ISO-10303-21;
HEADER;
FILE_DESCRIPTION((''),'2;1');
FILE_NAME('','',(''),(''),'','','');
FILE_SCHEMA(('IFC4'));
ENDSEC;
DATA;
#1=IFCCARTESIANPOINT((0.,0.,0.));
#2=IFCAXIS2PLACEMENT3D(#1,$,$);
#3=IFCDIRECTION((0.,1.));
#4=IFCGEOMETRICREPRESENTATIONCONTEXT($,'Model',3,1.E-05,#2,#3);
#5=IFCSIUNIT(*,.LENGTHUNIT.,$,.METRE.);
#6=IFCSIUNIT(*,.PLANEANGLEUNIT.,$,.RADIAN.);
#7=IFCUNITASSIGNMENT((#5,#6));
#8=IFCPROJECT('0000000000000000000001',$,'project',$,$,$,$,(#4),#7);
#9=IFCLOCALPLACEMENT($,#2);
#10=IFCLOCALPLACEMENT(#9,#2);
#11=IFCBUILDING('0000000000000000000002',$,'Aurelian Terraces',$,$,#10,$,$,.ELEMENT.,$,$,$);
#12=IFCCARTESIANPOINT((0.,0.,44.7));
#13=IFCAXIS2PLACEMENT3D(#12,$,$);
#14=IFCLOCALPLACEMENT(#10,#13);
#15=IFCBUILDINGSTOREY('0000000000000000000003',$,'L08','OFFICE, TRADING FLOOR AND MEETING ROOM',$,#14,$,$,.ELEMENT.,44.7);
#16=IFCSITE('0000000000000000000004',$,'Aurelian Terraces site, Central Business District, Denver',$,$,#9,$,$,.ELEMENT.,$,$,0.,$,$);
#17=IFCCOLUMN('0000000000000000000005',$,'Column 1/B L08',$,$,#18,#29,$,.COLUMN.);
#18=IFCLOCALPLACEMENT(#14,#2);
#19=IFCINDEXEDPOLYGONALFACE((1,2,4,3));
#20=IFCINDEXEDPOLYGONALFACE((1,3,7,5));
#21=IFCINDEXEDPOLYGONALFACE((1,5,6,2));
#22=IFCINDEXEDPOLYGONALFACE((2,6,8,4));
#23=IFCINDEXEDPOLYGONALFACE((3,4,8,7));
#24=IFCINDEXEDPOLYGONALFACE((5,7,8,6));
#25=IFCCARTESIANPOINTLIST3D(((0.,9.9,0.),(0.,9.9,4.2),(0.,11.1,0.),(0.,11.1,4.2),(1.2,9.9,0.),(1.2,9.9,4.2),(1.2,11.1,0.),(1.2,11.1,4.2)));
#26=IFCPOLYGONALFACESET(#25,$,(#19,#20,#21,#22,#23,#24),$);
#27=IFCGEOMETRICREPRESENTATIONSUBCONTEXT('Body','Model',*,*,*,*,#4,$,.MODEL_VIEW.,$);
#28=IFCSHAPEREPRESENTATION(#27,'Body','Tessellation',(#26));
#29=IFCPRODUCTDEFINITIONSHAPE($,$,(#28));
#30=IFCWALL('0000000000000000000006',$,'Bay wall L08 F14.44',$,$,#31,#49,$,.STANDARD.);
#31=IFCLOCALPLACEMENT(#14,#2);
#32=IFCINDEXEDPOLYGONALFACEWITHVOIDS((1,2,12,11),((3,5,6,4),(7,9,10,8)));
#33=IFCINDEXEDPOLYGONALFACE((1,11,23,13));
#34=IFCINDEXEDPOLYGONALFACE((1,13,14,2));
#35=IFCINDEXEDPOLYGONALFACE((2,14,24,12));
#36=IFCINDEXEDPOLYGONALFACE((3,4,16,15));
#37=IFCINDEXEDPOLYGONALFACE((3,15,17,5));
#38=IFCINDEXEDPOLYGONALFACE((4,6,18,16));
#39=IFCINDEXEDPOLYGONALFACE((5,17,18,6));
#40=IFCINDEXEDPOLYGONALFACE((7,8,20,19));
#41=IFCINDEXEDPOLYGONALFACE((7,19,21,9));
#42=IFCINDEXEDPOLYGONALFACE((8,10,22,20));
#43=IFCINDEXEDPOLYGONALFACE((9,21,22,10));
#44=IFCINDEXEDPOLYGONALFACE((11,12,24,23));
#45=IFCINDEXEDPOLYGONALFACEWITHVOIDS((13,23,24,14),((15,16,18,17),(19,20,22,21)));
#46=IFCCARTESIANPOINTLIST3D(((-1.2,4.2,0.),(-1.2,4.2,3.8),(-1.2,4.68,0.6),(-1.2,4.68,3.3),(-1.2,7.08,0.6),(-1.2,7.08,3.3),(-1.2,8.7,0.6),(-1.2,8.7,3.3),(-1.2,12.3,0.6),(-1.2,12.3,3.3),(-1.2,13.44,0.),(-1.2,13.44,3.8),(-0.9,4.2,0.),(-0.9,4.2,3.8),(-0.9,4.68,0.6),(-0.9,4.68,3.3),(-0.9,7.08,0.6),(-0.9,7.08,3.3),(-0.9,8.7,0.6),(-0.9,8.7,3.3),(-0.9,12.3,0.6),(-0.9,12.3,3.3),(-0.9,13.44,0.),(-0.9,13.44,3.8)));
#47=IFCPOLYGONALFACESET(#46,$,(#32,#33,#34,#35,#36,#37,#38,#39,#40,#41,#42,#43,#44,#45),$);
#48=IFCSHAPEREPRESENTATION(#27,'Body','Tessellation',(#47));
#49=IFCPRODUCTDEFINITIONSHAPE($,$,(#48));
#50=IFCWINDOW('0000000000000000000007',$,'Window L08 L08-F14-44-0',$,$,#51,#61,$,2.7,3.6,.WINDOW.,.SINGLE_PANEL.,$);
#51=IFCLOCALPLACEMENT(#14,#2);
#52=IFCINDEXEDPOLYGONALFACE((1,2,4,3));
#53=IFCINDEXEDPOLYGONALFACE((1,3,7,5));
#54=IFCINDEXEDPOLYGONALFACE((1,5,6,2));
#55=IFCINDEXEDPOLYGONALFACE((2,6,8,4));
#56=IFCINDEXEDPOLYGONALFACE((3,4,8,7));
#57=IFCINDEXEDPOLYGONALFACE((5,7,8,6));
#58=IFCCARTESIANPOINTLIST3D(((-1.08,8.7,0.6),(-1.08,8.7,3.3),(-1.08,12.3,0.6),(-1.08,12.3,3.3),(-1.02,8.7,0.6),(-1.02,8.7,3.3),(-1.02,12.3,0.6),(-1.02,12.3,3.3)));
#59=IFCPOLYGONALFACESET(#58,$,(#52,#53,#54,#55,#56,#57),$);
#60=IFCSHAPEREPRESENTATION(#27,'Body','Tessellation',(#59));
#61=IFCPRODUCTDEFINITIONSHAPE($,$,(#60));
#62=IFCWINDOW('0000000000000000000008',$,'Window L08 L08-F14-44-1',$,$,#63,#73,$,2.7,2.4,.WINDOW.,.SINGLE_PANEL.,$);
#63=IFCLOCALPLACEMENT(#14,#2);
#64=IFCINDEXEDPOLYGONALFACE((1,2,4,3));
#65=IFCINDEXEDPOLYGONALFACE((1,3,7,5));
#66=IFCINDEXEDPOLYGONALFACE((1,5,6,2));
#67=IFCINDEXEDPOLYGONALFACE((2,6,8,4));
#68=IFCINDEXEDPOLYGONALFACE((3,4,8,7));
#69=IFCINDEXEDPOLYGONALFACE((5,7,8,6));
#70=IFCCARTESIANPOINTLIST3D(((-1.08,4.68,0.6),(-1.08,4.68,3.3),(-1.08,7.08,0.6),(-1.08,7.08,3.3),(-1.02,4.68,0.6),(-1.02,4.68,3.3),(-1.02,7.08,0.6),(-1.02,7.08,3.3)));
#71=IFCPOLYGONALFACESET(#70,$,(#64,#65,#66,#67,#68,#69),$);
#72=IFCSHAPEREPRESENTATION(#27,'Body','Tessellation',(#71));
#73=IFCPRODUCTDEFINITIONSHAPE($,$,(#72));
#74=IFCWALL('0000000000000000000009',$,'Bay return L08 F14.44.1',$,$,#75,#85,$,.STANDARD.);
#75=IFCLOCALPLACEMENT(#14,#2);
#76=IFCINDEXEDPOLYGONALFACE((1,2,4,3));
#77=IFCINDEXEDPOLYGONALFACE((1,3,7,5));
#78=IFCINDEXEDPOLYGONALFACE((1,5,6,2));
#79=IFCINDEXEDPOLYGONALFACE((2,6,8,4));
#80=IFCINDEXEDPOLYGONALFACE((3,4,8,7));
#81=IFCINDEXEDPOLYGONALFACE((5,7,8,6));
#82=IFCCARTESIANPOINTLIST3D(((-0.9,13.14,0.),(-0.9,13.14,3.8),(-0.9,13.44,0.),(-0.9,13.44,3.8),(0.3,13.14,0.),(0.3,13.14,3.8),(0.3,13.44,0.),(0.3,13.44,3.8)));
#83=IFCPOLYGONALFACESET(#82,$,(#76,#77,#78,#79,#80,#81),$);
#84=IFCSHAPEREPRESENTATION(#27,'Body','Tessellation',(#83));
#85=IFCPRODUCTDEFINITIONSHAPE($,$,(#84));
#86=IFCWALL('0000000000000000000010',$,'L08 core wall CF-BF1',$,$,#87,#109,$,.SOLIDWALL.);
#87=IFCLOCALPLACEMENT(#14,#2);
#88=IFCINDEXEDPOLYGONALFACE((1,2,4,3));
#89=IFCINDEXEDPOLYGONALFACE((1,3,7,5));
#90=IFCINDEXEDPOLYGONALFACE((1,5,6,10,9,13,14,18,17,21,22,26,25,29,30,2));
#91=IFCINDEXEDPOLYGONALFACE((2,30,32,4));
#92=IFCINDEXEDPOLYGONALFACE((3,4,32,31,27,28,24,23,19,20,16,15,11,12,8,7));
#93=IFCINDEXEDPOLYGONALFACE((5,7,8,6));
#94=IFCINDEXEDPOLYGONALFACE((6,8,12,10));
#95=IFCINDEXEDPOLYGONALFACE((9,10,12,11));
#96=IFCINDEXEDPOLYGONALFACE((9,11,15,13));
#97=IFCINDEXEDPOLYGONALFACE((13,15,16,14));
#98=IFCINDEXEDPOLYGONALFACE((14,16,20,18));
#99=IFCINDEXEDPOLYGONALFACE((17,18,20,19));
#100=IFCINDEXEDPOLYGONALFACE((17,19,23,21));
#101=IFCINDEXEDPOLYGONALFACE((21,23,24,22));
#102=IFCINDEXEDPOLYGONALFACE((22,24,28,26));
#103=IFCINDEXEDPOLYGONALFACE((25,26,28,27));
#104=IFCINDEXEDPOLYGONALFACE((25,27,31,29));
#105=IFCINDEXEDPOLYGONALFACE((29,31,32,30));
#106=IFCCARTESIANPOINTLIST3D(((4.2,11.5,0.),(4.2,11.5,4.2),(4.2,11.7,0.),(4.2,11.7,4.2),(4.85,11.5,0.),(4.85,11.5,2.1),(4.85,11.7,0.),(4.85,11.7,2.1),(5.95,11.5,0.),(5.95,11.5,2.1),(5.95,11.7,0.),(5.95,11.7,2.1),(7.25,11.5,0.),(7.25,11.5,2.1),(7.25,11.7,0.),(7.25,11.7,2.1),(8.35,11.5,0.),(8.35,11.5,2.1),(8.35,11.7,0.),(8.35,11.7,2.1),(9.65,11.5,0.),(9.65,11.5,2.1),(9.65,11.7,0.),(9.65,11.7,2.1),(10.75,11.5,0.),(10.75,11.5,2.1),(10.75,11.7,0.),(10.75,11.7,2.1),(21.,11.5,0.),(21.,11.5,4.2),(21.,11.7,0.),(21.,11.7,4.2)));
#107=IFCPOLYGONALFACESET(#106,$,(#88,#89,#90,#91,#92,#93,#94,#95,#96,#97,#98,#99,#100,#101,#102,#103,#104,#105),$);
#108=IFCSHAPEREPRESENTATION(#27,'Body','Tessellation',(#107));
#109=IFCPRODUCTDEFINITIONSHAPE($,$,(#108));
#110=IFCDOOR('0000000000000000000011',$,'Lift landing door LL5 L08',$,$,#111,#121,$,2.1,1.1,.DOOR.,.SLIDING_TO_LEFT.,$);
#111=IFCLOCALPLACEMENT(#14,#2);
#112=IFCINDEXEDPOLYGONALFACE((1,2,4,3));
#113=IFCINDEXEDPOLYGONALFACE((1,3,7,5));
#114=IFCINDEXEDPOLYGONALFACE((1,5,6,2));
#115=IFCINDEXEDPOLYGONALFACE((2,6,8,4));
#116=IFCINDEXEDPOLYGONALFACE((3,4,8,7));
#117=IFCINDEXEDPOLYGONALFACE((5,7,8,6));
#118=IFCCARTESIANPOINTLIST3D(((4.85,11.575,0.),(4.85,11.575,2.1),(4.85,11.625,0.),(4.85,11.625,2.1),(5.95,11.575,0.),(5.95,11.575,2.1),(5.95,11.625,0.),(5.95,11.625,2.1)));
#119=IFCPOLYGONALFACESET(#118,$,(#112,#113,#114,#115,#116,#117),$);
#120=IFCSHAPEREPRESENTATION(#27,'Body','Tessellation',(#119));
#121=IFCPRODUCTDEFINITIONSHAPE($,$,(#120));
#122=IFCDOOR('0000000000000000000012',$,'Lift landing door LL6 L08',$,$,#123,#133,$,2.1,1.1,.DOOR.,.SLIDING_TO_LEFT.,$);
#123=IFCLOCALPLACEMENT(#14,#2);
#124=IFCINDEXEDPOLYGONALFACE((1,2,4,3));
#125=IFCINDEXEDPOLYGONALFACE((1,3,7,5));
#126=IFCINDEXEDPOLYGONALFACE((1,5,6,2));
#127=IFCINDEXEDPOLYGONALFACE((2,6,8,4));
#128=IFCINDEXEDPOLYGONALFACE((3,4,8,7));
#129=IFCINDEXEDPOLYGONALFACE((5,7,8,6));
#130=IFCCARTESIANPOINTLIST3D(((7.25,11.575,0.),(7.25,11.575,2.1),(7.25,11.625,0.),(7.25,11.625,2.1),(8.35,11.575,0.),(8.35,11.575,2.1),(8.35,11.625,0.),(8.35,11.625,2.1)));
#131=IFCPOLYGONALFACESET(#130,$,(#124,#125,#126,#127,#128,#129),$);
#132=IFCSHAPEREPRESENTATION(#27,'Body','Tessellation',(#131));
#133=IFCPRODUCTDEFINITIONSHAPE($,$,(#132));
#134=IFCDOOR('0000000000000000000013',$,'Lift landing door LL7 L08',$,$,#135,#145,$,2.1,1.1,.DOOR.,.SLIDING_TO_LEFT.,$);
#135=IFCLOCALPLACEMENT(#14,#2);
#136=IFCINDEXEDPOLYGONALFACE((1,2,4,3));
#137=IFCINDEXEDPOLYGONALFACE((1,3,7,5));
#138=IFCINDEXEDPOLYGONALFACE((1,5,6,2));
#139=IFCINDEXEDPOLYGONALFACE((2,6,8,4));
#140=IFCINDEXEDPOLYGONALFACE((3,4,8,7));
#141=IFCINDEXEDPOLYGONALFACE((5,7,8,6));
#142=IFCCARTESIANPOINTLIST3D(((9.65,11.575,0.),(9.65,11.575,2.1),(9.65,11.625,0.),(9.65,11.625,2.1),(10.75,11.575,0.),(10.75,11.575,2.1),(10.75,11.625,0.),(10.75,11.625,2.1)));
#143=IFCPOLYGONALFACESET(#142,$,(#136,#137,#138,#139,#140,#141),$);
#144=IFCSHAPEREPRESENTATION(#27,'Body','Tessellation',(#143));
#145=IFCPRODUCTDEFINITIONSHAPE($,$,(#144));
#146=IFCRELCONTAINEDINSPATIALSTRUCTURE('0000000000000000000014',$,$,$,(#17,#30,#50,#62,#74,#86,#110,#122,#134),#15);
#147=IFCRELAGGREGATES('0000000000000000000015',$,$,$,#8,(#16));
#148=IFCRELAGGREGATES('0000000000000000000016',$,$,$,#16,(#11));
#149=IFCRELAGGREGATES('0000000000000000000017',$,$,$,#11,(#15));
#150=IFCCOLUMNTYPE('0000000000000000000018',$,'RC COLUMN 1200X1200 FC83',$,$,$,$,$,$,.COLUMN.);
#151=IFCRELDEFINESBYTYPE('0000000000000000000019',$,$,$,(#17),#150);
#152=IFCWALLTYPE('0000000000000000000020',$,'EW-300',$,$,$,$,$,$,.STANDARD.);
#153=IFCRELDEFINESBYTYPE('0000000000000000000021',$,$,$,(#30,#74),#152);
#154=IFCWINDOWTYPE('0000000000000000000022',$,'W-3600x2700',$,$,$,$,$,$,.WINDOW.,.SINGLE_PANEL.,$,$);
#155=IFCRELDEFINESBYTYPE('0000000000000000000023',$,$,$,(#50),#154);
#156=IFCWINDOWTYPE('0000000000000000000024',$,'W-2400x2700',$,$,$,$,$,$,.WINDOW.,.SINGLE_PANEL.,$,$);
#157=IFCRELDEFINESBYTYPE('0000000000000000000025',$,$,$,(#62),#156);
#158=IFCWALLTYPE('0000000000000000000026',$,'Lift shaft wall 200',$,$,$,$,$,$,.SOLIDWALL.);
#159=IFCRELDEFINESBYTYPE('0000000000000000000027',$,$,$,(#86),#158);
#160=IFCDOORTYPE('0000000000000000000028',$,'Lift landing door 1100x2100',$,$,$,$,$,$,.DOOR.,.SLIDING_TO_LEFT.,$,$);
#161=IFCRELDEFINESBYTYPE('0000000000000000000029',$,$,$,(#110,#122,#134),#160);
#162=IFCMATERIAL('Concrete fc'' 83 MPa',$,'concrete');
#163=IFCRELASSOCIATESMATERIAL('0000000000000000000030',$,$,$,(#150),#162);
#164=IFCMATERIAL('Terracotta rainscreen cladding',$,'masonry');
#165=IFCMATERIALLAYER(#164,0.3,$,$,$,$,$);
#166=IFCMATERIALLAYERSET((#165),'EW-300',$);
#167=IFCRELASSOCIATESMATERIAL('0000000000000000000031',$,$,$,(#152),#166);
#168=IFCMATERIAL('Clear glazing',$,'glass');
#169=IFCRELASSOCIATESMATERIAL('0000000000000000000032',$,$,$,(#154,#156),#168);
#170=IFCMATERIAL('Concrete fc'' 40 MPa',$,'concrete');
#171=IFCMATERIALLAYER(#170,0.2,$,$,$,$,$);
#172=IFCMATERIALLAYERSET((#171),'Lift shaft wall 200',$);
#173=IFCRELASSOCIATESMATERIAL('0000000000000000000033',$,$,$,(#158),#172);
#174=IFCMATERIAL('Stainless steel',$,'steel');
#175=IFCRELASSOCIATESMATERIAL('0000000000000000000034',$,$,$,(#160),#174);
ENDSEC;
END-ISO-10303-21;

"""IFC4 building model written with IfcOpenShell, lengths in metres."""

from ifc_helpers import new_model, si_unit, direction, frame, frame_2d, origin, origin_2d, place, context, subcontext, project, spatial, rectangle, extrude, source, transform, mapped, material, layer, layer_set, material_profile, profile_set, type_object, element, fill, save


model = new_model("IFC4")

# Units and contexts
model_context = context("Model", 3, precision=1e-05, world=origin(), true_north=direction((0.0, 1.0)))
body_context = subcontext(model_context, "Body", "Model", "MODEL_VIEW")
ifc_project = project(units=[si_unit("LENGTHUNIT", "METRE"), si_unit("PLANEANGLEUNIT", "RADIAN")], contexts=[model_context])

# Site, building, storey
site_placement = place(None, origin())
site = spatial("IfcSite", under=ifc_project, at=site_placement, Name="Aurelian Terraces site, Central Business District, Denver", CompositionType="ELEMENT", RefElevation=0.0)
building_placement = place(site_placement, origin())
building = spatial("IfcBuilding", under=site, at=building_placement, Name="Aurelian Terraces", CompositionType="ELEMENT")
storey_placement = place(building_placement, frame((0.0, 0.0, 44.7)))
storey = spatial("IfcBuildingStorey", under=building, at=storey_placement, Name="L08", Description="OFFICE, TRADING FLOOR AND MEETING ROOM", CompositionType="ELEMENT", Elevation=44.7)

# Column
ifc_material_1 = material(Name="Concrete fc' 83 MPa", Category="concrete")
ifc_material_profile = material_profile(ifc_material_1, rectangle(XDim=1.2, YDim=1.2, at=origin_2d()))
ifc_profile_set = profile_set([ifc_material_profile], Name="Concrete fc' 83 MPa")
column_type = type_object("IfcColumnType", Name="RC COLUMN 1200X1200 FC83", PredefinedType="COLUMN", material=ifc_profile_set)
shared_shape_1 = source(origin(), body_context, "Body", "SweptSolid", [
    extrude(rectangle(XDim=1.2, YDim=1.2, at=origin_2d()), origin(), (0.0, 0.0, 1.0), 4.2),
])
column_placement = place(storey_placement, frame((0.6, 10.5, 0.0), z_axis=(0.0, 0.0, 1.0), x_axis=(1.0, 0.0, 0.0)))
element("IfcColumn", 1, at=column_placement, inside=storey, type_object=column_type, Name="Column 1/B L08", PredefinedType="COLUMN", context=body_context, shape_type="MappedRepresentation", body=[
    mapped(shared_shape_1, transform((0.0, 0.0, 0.0), scale=1.0)),
])

# Wall, openings, windows
ifc_material_2 = material(Name="Terracotta rainscreen cladding", Category="masonry")
ifc_layer_1 = layer(ifc_material_2, 0.3)
ifc_layer_set_1 = layer_set([ifc_layer_1], Name="EW-300")
wall_type_1 = type_object("IfcWallType", Name="EW-300", PredefinedType="STANDARD", material=ifc_layer_set_1)
wall_1_placement = place(storey_placement, frame((-1.05, 13.44, 0.0), z_axis=(0.0, 0.0, 1.0), x_axis=(0.0, -1.0, 0.0)))
wall_1 = element("IfcWall", 2, at=wall_1_placement, inside=storey, type_object=wall_type_1, Name="Bay wall L08 F14.44", PredefinedType="STANDARD", context=body_context, shape_type="SweptSolid", body=[
    extrude(rectangle(XDim=9.24, YDim=0.3, at=frame_2d((4.62, 0.0))), origin(), (0.0, 0.0, 1.0), 3.8),
])
shared_shape_2 = source(origin(), body_context, "Body", "SweptSolid", [
    extrude(rectangle(XDim=3.6, YDim=2.7, at=frame_2d((1.8, 1.35))), frame((0.0, 0.16, 0.0), z_axis=(0.0, -1.0, 0.0), x_axis=(1.0, 0.0, 0.0)), (0.0, 0.0, 1.0), 0.32),
])
opening_1_placement = place(wall_1_placement, frame((1.14, 0.0, 0.6)))
opening_1 = element("IfcOpeningElement", 3, at=opening_1_placement, cuts=wall_1, PredefinedType="OPENING", context=body_context, shape_type="MappedRepresentation", body=[
    mapped(shared_shape_2, transform((0.0, 0.0, 0.0), scale=1.0)),
])
shared_shape_3 = source(origin(), body_context, "Body", "SweptSolid", [
    extrude(rectangle(XDim=2.4, YDim=2.7, at=frame_2d((1.2, 1.35))), frame((0.0, 0.16, 0.0), z_axis=(0.0, -1.0, 0.0), x_axis=(1.0, 0.0, 0.0)), (0.0, 0.0, 1.0), 0.32),
])
opening_2_placement = place(wall_1_placement, frame((6.36, 0.0, 0.6)))
opening_2 = element("IfcOpeningElement", 4, at=opening_2_placement, cuts=wall_1, PredefinedType="OPENING", context=body_context, shape_type="MappedRepresentation", body=[
    mapped(shared_shape_3, transform((0.0, 0.0, 0.0), scale=1.0)),
])
ifc_material_3 = material(Name="Clear glazing", Category="glass")
window_type_1 = type_object("IfcWindowType", Name="W-3600x2700", PartitioningType="SINGLE_PANEL", PredefinedType="WINDOW", material=ifc_material_3)
shared_shape_4 = source(origin(), body_context, "Body", "SweptSolid", [
    extrude(rectangle(XDim=3.6, YDim=2.7, at=frame_2d((1.8, 1.35))), frame((0.0, 0.03, 0.0), z_axis=(0.0, -1.0, 0.0), x_axis=(1.0, 0.0, 0.0)), (0.0, 0.0, 1.0), 0.06),
])
window_1_placement = place(opening_1_placement, origin())
window_1 = element("IfcWindow", 5, at=window_1_placement, inside=storey, type_object=window_type_1, Name="Window L08 L08-F14-44-0", OverallHeight=2.7, OverallWidth=3.6, PartitioningType="SINGLE_PANEL", PredefinedType="WINDOW", context=body_context, shape_type="MappedRepresentation", body=[
    mapped(shared_shape_4, transform((0.0, 0.0, 0.0), scale=1.0)),
])
fill(opening_1, window_1)
window_type_2 = type_object("IfcWindowType", Name="W-2400x2700", PartitioningType="SINGLE_PANEL", PredefinedType="WINDOW", material=ifc_material_3)
shared_shape_5 = source(origin(), body_context, "Body", "SweptSolid", [
    extrude(rectangle(XDim=2.4, YDim=2.7, at=frame_2d((1.2, 1.35))), frame((0.0, 0.03, 0.0), z_axis=(0.0, -1.0, 0.0), x_axis=(1.0, 0.0, 0.0)), (0.0, 0.0, 1.0), 0.06),
])
window_2_placement = place(opening_2_placement, origin())
window_2 = element("IfcWindow", 6, at=window_2_placement, inside=storey, type_object=window_type_2, Name="Window L08 L08-F14-44-1", OverallHeight=2.7, OverallWidth=2.4, PartitioningType="SINGLE_PANEL", PredefinedType="WINDOW", context=body_context, shape_type="MappedRepresentation", body=[
    mapped(shared_shape_5, transform((0.0, 0.0, 0.0), scale=1.0)),
])
fill(opening_2, window_2)

# Wall
shared_shape_6 = source(origin(), body_context, "Body", "SweptSolid", [
    extrude(rectangle(XDim=1.2, YDim=0.3, at=frame_2d((0.6, 0.0))), origin(), (0.0, 0.0, 1.0), 3.8),
])
wall_2_placement = place(storey_placement, frame((0.3, 13.29, 0.0), z_axis=(0.0, 0.0, 1.0), x_axis=(-1.0, 0.0, 0.0)))
element("IfcWall", 7, at=wall_2_placement, inside=storey, type_object=wall_type_1, Name="Bay return L08 F14.44.1", PredefinedType="STANDARD", context=body_context, shape_type="MappedRepresentation", body=[
    mapped(shared_shape_6, transform((0.0, 0.0, 0.0), scale=1.0)),
])

# Wall, openings, doors
ifc_material_4 = material(Name="Concrete fc' 40 MPa", Category="concrete")
ifc_layer_2 = layer(ifc_material_4, 0.2)
ifc_layer_set_2 = layer_set([ifc_layer_2], Name="Lift shaft wall 200")
wall_type_2 = type_object("IfcWallType", Name="Lift shaft wall 200", PredefinedType="SOLIDWALL", material=ifc_layer_set_2)
shared_shape_7 = source(origin(), body_context, "Body", "SweptSolid", [
    extrude(rectangle(XDim=16.8, YDim=0.2, at=frame_2d((8.4, 0.0))), origin(), (0.0, 0.0, 1.0), 4.2),
])
wall_3_placement = place(storey_placement, frame((4.2, 11.6, 0.0), z_axis=(0.0, 0.0, 1.0), x_axis=(1.0, 0.0, 0.0)))
wall_3 = element("IfcWall", 8, at=wall_3_placement, inside=storey, type_object=wall_type_2, Name="L08 core wall CF-BF1", PredefinedType="SOLIDWALL", context=body_context, shape_type="MappedRepresentation", body=[
    mapped(shared_shape_7, transform((0.0, 0.0, 0.0), scale=1.0)),
])
shared_shape_8 = source(origin(), body_context, "Body", "SweptSolid", [
    extrude(rectangle(XDim=1.1, YDim=2.1, at=frame_2d((0.55, 1.05))), frame((0.0, 0.11, 0.0), z_axis=(0.0, -1.0, 0.0), x_axis=(1.0, 0.0, 0.0)), (0.0, 0.0, 1.0), 0.22),
])
opening_3_placement = place(wall_3_placement, frame((0.65, 0.0, 0.0)))
opening_3 = element("IfcOpeningElement", 9, at=opening_3_placement, cuts=wall_3, PredefinedType="OPENING", context=body_context, shape_type="MappedRepresentation", body=[
    mapped(shared_shape_8, transform((0.0, 0.0, 0.0), scale=1.0)),
])
opening_4_placement = place(wall_3_placement, frame((3.05, 0.0, 0.0)))
opening_4 = element("IfcOpeningElement", 10, at=opening_4_placement, cuts=wall_3, PredefinedType="OPENING", context=body_context, shape_type="MappedRepresentation", body=[
    mapped(shared_shape_8, transform((0.0, 0.0, 0.0), scale=1.0)),
])
opening_5_placement = place(wall_3_placement, frame((5.45, 0.0, 0.0)))
opening_5 = element("IfcOpeningElement", 11, at=opening_5_placement, cuts=wall_3, PredefinedType="OPENING", context=body_context, shape_type="MappedRepresentation", body=[
    mapped(shared_shape_8, transform((0.0, 0.0, 0.0), scale=1.0)),
])
ifc_material_5 = material(Name="Stainless steel", Category="steel")
door_type = type_object("IfcDoorType", Name="Lift landing door 1100x2100", OperationType="SLIDING_TO_LEFT", PredefinedType="DOOR", material=ifc_material_5)
shared_shape_9 = source(origin(), body_context, "Body", "SweptSolid", [
    extrude(rectangle(XDim=1.1, YDim=2.1, at=frame_2d((0.55, 1.05))), frame((0.0, 0.025, 0.0), z_axis=(0.0, -1.0, 0.0), x_axis=(1.0, 0.0, 0.0)), (0.0, 0.0, 1.0), 0.05),
])
door_1_placement = place(opening_3_placement, origin())
door_1 = element("IfcDoor", 12, at=door_1_placement, inside=storey, type_object=door_type, Name="Lift landing door LL5 L08", OperationType="SLIDING_TO_LEFT", OverallHeight=2.1, OverallWidth=1.1, PredefinedType="DOOR", context=body_context, shape_type="MappedRepresentation", body=[
    mapped(shared_shape_9, transform((0.0, 0.0, 0.0), scale=1.0)),
])
fill(opening_3, door_1)
door_2_placement = place(opening_4_placement, origin())
door_2 = element("IfcDoor", 13, at=door_2_placement, inside=storey, type_object=door_type, Name="Lift landing door LL6 L08", OperationType="SLIDING_TO_LEFT", OverallHeight=2.1, OverallWidth=1.1, PredefinedType="DOOR", context=body_context, shape_type="MappedRepresentation", body=[
    mapped(shared_shape_9, transform((0.0, 0.0, 0.0), scale=1.0)),
])
fill(opening_4, door_2)
door_3_placement = place(opening_5_placement, origin())
door_3 = element("IfcDoor", 14, at=door_3_placement, inside=storey, type_object=door_type, Name="Lift landing door LL7 L08", OperationType="SLIDING_TO_LEFT", OverallHeight=2.1, OverallWidth=1.1, PredefinedType="DOOR", context=body_context, shape_type="MappedRepresentation", body=[
    mapped(shared_shape_9, transform((0.0, 0.0, 0.0), scale=1.0)),
])
fill(opening_5, door_3)

save(model, "model.ifc")
